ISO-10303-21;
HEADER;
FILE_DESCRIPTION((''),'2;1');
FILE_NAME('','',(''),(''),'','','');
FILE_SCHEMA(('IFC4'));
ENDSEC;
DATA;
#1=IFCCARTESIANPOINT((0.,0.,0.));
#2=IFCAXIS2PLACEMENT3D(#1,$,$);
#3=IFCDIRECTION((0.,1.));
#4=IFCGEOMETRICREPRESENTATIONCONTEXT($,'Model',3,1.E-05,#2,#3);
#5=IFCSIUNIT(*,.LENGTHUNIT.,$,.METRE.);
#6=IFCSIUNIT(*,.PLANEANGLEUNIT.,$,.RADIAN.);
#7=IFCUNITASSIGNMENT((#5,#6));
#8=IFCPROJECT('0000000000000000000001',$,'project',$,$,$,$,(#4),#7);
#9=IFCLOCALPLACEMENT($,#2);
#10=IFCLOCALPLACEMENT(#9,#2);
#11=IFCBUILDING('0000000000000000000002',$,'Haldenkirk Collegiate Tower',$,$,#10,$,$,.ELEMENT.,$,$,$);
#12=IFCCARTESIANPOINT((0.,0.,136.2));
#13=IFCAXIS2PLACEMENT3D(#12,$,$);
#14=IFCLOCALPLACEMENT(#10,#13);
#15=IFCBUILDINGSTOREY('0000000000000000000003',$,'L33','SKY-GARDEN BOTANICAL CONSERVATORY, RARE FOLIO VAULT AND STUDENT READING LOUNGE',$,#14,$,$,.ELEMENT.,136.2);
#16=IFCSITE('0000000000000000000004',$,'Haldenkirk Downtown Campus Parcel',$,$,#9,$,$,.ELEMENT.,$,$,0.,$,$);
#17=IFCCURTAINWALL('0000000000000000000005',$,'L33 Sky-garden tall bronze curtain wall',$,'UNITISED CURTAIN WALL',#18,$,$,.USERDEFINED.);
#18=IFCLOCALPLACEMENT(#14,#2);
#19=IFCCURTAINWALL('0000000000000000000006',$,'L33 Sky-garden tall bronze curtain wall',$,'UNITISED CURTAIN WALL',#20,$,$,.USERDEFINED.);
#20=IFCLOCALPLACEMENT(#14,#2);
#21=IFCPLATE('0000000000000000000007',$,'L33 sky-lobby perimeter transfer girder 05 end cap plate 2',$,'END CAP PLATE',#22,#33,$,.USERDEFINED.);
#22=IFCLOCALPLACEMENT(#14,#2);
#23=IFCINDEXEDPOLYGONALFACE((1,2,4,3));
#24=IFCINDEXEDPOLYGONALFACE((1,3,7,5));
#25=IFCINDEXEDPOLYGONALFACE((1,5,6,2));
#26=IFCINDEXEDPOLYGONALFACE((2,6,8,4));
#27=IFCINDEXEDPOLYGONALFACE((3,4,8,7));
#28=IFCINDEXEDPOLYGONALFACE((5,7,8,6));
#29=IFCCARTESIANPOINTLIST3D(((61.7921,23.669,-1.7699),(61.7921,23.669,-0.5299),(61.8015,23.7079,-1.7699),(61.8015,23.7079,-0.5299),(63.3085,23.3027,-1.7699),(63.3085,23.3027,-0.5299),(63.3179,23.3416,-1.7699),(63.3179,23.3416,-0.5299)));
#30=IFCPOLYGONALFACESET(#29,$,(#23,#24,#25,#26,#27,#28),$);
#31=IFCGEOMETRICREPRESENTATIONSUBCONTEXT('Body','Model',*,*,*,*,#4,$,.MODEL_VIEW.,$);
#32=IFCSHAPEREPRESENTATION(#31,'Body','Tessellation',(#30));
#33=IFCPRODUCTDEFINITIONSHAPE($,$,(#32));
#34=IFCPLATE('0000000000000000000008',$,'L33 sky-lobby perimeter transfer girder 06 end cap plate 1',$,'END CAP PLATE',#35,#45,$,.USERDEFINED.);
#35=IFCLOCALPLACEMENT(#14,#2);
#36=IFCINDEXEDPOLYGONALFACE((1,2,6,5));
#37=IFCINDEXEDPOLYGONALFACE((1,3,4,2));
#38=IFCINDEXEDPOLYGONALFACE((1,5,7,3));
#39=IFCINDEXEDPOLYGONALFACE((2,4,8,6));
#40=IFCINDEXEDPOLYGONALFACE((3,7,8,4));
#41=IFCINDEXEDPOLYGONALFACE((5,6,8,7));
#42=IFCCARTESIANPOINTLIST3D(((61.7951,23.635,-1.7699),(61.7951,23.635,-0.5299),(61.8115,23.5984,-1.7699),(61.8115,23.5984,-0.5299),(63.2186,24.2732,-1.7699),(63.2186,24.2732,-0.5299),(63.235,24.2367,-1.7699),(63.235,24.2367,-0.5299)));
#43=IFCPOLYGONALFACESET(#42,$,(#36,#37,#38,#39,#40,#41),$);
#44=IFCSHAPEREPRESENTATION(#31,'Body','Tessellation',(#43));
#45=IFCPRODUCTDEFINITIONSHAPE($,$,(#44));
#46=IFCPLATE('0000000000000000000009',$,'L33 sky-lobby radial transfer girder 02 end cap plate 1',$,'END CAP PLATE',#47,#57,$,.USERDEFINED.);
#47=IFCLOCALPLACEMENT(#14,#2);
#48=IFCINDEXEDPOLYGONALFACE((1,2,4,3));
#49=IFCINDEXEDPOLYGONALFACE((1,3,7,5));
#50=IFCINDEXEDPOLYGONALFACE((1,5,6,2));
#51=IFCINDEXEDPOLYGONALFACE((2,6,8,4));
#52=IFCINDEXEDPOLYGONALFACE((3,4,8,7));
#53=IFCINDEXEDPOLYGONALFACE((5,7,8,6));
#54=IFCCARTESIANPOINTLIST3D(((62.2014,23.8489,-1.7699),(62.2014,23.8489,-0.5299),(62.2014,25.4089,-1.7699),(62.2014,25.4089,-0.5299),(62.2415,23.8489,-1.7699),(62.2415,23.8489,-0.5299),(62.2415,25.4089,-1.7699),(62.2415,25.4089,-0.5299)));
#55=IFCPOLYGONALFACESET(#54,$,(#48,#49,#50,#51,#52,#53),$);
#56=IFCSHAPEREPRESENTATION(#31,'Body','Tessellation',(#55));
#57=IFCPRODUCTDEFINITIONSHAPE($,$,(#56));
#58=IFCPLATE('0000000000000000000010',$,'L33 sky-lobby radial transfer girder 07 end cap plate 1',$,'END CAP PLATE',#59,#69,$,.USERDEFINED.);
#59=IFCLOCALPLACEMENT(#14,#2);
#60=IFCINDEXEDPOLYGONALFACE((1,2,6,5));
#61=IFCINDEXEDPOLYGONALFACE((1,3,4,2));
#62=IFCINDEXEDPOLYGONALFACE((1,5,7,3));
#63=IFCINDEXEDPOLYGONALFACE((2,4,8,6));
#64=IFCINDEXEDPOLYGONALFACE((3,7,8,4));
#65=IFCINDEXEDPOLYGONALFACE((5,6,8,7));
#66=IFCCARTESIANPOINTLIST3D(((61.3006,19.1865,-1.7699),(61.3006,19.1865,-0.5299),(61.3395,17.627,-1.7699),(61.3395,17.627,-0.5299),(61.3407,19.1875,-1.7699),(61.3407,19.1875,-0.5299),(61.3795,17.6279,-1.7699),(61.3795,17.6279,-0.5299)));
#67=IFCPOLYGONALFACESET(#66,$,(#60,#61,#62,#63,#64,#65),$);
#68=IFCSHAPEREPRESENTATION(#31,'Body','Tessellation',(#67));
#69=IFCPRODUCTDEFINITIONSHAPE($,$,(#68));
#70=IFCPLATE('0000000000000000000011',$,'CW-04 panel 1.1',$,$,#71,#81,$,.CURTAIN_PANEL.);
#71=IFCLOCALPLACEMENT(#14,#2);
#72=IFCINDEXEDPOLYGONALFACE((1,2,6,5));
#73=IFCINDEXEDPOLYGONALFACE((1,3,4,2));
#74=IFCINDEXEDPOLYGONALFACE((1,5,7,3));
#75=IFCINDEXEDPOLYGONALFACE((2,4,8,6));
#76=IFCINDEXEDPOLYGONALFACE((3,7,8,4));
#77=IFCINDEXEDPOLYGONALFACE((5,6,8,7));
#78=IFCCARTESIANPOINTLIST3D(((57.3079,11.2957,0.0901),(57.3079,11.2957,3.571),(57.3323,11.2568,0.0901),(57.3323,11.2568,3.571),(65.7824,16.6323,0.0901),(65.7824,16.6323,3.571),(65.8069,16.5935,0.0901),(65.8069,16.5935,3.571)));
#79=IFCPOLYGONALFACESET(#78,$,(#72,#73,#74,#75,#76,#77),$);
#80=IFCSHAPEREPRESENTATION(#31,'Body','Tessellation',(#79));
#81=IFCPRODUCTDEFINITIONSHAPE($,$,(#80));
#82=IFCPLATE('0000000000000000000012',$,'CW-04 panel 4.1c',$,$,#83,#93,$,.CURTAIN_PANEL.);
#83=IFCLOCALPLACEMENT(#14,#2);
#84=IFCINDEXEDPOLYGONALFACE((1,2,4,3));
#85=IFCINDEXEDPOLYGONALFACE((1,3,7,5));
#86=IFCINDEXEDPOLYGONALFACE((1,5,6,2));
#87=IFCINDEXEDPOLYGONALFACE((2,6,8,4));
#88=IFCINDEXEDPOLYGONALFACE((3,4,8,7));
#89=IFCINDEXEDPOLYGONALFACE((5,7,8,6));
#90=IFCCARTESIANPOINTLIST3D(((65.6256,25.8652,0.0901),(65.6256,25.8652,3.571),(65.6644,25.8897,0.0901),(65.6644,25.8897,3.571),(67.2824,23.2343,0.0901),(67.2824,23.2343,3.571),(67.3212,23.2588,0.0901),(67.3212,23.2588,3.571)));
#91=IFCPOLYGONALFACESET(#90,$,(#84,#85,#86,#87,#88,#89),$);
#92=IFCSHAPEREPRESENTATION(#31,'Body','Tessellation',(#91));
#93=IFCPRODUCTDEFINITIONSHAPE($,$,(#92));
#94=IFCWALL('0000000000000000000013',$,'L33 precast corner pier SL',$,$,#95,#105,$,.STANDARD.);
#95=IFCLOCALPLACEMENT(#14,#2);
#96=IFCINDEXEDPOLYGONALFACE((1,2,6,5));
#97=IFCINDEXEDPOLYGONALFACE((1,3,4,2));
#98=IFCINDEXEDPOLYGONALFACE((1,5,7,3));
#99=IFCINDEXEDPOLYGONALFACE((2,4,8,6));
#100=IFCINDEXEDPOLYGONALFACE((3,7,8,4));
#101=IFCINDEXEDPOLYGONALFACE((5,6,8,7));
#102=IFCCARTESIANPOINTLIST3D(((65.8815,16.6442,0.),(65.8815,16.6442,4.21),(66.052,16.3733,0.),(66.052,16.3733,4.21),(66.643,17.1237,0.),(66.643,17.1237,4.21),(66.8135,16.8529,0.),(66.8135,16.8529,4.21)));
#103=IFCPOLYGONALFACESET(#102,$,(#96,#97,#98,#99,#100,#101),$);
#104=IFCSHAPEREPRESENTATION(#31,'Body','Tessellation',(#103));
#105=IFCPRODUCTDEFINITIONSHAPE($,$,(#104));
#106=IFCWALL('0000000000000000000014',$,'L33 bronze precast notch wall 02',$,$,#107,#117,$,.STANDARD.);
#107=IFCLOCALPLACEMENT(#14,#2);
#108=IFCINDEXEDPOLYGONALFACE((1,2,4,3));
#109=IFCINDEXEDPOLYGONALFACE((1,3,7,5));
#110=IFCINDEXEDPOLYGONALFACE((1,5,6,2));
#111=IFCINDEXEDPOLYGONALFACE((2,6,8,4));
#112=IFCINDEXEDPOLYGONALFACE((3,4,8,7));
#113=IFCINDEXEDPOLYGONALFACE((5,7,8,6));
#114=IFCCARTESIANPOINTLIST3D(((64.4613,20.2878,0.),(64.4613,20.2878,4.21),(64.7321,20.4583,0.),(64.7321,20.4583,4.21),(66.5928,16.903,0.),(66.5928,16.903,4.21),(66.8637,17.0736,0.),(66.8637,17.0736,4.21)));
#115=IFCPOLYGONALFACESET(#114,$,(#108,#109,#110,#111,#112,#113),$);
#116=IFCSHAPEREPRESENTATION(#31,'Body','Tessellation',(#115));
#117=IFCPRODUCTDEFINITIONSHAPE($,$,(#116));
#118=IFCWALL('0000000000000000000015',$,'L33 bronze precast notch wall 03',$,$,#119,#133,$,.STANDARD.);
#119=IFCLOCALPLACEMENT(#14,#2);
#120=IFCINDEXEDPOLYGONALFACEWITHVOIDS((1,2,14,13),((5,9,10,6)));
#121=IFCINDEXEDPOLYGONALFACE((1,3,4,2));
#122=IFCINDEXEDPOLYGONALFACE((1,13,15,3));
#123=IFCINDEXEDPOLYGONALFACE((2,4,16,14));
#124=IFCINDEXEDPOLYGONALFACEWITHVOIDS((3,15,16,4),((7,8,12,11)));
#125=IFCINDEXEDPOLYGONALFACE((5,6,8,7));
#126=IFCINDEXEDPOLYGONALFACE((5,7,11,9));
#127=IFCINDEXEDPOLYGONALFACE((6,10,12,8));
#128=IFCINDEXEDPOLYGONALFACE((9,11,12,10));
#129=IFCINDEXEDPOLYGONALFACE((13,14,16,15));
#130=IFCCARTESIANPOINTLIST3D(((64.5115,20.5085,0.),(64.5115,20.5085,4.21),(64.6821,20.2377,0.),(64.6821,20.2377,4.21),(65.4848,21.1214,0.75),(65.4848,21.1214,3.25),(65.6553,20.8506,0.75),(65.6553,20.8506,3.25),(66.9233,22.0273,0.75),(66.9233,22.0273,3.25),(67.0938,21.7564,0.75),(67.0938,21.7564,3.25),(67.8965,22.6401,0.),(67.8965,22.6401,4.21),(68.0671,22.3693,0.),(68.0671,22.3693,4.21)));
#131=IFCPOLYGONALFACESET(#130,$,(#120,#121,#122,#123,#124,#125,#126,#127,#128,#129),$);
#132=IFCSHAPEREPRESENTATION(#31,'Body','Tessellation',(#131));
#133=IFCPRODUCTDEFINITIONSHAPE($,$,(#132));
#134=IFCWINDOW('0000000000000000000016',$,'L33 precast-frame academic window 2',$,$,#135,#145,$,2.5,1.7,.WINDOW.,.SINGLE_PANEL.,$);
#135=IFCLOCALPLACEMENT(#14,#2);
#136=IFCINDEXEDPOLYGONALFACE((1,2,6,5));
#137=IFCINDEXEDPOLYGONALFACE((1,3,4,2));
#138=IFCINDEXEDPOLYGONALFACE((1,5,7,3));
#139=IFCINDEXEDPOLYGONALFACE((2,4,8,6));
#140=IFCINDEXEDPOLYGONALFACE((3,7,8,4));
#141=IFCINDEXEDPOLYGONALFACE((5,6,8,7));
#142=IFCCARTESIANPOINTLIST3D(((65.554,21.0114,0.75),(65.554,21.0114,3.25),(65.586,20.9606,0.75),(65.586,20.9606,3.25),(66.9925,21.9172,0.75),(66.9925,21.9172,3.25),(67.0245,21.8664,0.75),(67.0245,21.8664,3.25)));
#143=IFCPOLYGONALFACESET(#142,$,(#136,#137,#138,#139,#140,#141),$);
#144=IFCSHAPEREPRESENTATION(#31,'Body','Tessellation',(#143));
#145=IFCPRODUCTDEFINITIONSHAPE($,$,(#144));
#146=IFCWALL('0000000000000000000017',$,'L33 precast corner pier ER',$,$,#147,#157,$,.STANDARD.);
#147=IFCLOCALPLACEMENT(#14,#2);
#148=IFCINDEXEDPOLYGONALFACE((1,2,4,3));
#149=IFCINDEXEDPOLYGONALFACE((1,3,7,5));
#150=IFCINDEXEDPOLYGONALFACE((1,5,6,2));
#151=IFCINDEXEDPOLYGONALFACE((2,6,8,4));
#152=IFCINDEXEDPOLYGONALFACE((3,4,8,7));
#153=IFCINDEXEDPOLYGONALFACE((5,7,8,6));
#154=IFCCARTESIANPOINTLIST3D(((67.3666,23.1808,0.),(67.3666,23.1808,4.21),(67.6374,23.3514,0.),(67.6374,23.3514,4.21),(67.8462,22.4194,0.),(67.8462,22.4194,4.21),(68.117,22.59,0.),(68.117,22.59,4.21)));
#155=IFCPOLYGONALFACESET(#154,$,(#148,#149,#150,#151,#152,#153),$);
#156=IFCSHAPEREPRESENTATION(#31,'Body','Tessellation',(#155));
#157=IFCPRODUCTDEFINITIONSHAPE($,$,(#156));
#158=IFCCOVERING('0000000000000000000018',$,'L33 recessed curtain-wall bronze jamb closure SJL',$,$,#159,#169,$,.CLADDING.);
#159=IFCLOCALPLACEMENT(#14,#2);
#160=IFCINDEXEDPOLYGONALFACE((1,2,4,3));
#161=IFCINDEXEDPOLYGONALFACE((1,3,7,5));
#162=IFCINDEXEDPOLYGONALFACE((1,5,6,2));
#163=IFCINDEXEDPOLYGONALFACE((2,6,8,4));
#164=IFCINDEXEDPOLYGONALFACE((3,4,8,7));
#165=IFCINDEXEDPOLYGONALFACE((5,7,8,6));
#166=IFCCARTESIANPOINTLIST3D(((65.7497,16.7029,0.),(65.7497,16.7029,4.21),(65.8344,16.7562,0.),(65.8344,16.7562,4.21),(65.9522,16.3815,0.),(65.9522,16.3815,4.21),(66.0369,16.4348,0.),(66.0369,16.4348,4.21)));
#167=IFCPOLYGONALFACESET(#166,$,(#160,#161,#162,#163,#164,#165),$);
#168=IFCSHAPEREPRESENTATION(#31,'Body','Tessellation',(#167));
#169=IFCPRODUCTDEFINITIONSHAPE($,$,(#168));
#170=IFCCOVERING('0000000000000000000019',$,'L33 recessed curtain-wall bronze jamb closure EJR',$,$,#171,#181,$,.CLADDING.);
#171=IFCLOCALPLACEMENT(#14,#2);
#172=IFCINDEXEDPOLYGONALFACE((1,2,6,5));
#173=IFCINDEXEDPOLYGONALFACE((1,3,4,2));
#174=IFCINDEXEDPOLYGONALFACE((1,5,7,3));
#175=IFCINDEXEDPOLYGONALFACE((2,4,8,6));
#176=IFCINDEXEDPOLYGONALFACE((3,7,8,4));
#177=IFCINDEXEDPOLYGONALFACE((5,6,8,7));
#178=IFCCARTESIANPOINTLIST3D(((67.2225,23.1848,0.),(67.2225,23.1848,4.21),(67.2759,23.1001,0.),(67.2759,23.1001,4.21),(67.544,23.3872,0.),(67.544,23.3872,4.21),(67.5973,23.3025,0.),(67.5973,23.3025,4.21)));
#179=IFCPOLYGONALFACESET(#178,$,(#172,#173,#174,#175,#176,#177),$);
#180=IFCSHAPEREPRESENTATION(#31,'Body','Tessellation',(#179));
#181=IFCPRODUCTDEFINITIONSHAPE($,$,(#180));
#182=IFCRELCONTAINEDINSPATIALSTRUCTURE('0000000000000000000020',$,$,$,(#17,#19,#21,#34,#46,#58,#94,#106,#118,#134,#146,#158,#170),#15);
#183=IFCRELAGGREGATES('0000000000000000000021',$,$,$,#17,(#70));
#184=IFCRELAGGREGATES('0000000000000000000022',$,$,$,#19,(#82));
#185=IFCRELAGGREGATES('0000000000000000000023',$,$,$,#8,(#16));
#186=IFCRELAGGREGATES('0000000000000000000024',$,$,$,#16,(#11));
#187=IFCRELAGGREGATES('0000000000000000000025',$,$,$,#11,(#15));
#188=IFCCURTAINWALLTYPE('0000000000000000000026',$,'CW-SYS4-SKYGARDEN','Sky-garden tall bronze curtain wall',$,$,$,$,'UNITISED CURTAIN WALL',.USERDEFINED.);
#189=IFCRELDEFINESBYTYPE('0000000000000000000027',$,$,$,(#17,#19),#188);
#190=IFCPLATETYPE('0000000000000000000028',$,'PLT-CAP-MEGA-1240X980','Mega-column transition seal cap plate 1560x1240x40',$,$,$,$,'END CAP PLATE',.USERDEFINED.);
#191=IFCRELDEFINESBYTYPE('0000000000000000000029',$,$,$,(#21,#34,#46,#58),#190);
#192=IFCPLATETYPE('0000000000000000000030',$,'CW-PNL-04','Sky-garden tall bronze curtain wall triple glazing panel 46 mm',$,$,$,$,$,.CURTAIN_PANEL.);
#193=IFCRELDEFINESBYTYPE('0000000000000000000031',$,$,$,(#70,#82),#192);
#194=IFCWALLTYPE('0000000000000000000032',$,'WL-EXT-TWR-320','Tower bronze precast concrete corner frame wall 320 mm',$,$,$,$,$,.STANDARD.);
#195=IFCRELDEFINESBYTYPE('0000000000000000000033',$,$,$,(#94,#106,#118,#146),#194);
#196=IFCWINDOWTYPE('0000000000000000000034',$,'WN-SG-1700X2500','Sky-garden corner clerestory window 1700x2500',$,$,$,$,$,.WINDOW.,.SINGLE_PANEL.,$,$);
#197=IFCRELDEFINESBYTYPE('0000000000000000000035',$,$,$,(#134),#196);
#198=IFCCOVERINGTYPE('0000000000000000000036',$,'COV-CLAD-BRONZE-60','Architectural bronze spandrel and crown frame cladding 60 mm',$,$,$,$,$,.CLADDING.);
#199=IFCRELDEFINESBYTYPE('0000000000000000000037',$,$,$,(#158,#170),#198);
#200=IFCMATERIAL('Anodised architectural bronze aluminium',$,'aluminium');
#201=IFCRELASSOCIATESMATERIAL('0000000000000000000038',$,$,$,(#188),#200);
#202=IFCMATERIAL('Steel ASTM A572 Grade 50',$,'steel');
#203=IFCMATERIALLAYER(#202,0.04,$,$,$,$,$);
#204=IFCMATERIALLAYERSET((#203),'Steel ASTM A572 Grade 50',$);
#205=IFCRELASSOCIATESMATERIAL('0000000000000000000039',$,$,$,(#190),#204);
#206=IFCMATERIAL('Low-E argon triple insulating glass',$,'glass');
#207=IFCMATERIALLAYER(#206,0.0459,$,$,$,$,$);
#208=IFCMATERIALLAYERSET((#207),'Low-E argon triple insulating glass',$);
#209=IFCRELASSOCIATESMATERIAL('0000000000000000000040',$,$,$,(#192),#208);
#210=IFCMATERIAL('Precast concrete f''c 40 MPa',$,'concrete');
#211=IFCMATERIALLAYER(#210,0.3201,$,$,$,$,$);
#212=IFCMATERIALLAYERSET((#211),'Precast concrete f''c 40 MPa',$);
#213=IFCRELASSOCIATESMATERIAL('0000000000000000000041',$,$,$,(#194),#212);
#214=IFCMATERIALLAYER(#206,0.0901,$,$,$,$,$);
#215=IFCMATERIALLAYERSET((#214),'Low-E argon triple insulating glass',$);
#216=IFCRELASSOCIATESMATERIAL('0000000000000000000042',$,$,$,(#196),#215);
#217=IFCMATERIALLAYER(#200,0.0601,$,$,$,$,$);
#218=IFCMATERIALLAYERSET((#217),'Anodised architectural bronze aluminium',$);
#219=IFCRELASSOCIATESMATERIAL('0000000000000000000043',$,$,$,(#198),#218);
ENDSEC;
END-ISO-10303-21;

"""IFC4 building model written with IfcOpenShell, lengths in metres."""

from ifc_helpers import new_model, si_unit, direction, frame, frame_2d, origin, origin_2d, place, context, subcontext, project, spatial, rectangle, extrude, source, transform, mapped, material, layer, layer_set, type_object, element, fill, aggregate, save


model = new_model("IFC4")

# Units and contexts
model_context = context("Model", 3, precision=1e-05, world=origin(), true_north=direction((0.0, 1.0)))
body_context = subcontext(model_context, "Body", "Model", "MODEL_VIEW")
ifc_project = project(units=[si_unit("LENGTHUNIT", "METRE"), si_unit("PLANEANGLEUNIT", "RADIAN")], contexts=[model_context])

# Site, building, storey
site_placement = place(None, origin())
site = spatial("IfcSite", under=ifc_project, at=site_placement, Name="Haldenkirk Downtown Campus Parcel", CompositionType="ELEMENT", RefElevation=0.0)
building_placement = place(site_placement, origin())
building = spatial("IfcBuilding", under=site, at=building_placement, Name="Haldenkirk Collegiate Tower", CompositionType="ELEMENT")
storey_placement = place(building_placement, frame((0.0, 0.0, 136.2)))
storey = spatial("IfcBuildingStorey", under=building, at=storey_placement, Name="L33", Description="SKY-GARDEN BOTANICAL CONSERVATORY, RARE FOLIO VAULT AND STUDENT READING LOUNGE", CompositionType="ELEMENT", Elevation=136.2)

# Shared definitions
ifc_material_1 = material(Name="Steel ASTM A572 Grade 50", Category="steel")

# Curtain walls
ifc_material_2 = material(Name="Anodised architectural bronze aluminium", Category="aluminium")
curtain_wall_type = type_object("IfcCurtainWallType", Name="CW-SYS4-SKYGARDEN", Description="Sky-garden tall bronze curtain wall", ElementType="UNITISED CURTAIN WALL", PredefinedType="USERDEFINED", material=ifc_material_2)
curtain_wall_1_placement = place(storey_placement, origin())
curtain_wall_1 = element("IfcCurtainWall", 1, at=curtain_wall_1_placement, inside=storey, type_object=curtain_wall_type, Name="L33 Sky-garden tall bronze curtain wall", ObjectType="UNITISED CURTAIN WALL", PredefinedType="USERDEFINED")
curtain_wall_2_placement = place(storey_placement, origin())
curtain_wall_2 = element("IfcCurtainWall", 2, at=curtain_wall_2_placement, inside=storey, type_object=curtain_wall_type, Name="L33 Sky-garden tall bronze curtain wall", ObjectType="UNITISED CURTAIN WALL", PredefinedType="USERDEFINED")

# Plates
ifc_layer_1 = layer(ifc_material_1, 0.04)
ifc_layer_set_1 = layer_set([ifc_layer_1], Name="Steel ASTM A572 Grade 50")
plate_type_1 = type_object("IfcPlateType", Name="PLT-CAP-MEGA-1240X980", Description="Mega-column transition seal cap plate 1560x1240x40", ElementType="END CAP PLATE", PredefinedType="USERDEFINED", material=ifc_layer_set_1)
shared_shape_1 = source(origin(), body_context, "Body", "SweptSolid", [
    extrude(rectangle(XDim=1.5601, YDim=1.24, at=origin_2d()), origin(), (0.0, 0.0, 1.0), 0.04),
])
for number, where, z_axis, x_axis, name in (
    (3, (62.5503, 23.4858, -1.1499), (0.23483, 0.972036, 0.0), (-0.972036, 0.23483, 0.0), "L33 sky-lobby perimeter transfer girder 05 end cap plate 2"),
    (4, (62.5068, 23.9541, -1.1499), (0.409129, -0.912477, 0.0), (0.912477, 0.409129, 0.0), "L33 sky-lobby perimeter transfer girder 06 end cap plate 1"),
    (5, (62.2014, 24.6289, -1.1499), (1.0, 0.0, 0.0), (0.0, 1.0, 0.0), "L33 sky-lobby radial transfer girder 02 end cap plate 1"),
    (6, (61.3201, 18.4067, -1.1499), (0.99969, 0.024917, 0.0), (-0.024917, 0.99969, 0.0), "L33 sky-lobby radial transfer girder 07 end cap plate 1"),
):
    element("IfcPlate", number, at=place(storey_placement, frame(where, z_axis=z_axis, x_axis=x_axis)), inside=storey, type_object=plate_type_1, Name=name, ObjectType="END CAP PLATE", PredefinedType="USERDEFINED", context=body_context, shape_type="MappedRepresentation", body=[
        mapped(shared_shape_1, transform((0.0, 0.0, 0.0), x_axis=(1.0, 0.0, 0.0), y_axis=(0.0, 1.0, 0.0), z_axis=(0.0, 0.0, 1.0), scale=1.0)),
    ])

# Plates
ifc_material_3 = material(Name="Low-E argon triple insulating glass", Category="glass")
ifc_layer_2 = layer(ifc_material_3, 0.0459)
ifc_layer_set_2 = layer_set([ifc_layer_2], Name="Low-E argon triple insulating glass")
plate_type_2 = type_object("IfcPlateType", Name="CW-PNL-04", Description="Sky-garden tall bronze curtain wall triple glazing panel 46 mm", PredefinedType="CURTAIN_PANEL", material=ifc_layer_set_2)
shared_shape_2 = source(origin(), body_context, "Body", "SweptSolid", [
    extrude(rectangle(XDim=10.0149, YDim=0.0459, at=origin_2d()), origin(), (0.0, 0.0, 1.0), 3.481),
])
plate_1_placement = place(storey_placement, frame((61.5574, 13.9446, 0.0901), z_axis=(0.0, 0.0, 1.0), x_axis=(-0.846194, -0.532875, 0.0)))
plate_1 = element("IfcPlate", 7, at=plate_1_placement, type_object=plate_type_2, Name="CW-04 panel 1.1", PredefinedType="CURTAIN_PANEL", context=body_context, shape_type="MappedRepresentation", body=[
    mapped(shared_shape_2, transform((0.0, 0.0, 0.0), x_axis=(1.0, 0.0, 0.0), y_axis=(0.0, 1.0, 0.0), z_axis=(0.0, 0.0, 1.0), scale=1.0)),
])
aggregate(curtain_wall_1, [plate_1])
shared_shape_3 = source(origin(), body_context, "Body", "SweptSolid", [
    extrude(rectangle(XDim=3.1091, YDim=0.0459, at=origin_2d()), origin(), (0.0, 0.0, 1.0), 3.481),
])
plate_2_placement = place(storey_placement, frame((66.4734, 24.562, 0.0901), z_axis=(0.0, 0.0, 1.0), x_axis=(0.532877, -0.846193, 0.0)))
plate_2 = element("IfcPlate", 8, at=plate_2_placement, type_object=plate_type_2, Name="CW-04 panel 4.1c", PredefinedType="CURTAIN_PANEL", context=body_context, shape_type="MappedRepresentation", body=[
    mapped(shared_shape_3, transform((0.0, 0.0, 0.0), x_axis=(1.0, 0.0, 0.0), y_axis=(0.0, 1.0, 0.0), z_axis=(0.0, 0.0, 1.0), scale=1.0)),
])
aggregate(curtain_wall_2, [plate_2])

# Walls
ifc_material_4 = material(Name="Precast concrete f'c 40 MPa", Category="concrete")
ifc_layer_3 = layer(ifc_material_4, 0.3201)
ifc_layer_set_3 = layer_set([ifc_layer_3], Name="Precast concrete f'c 40 MPa")
wall_type = type_object("IfcWallType", Name="WL-EXT-TWR-320", Description="Tower bronze precast concrete corner frame wall 320 mm", PredefinedType="STANDARD", material=ifc_layer_set_3)
wall_1_placement = place(storey_placement, frame((66.7283, 16.9883, 0.0), z_axis=(0.0, 0.0, 1.0), x_axis=(-0.84621, -0.532849, 0.0)))
element("IfcWall", 9, at=wall_1_placement, inside=storey, type_object=wall_type, Name="L33 precast corner pier SL", PredefinedType="STANDARD", context=body_context, shape_type="SweptSolid", body=[
    extrude(rectangle(XDim=0.8999, YDim=0.3201, at=frame_2d((0.45, 0.0))), origin(), (0.0, 0.0, 1.0), 4.21),
])
wall_2_placement = place(storey_placement, frame((64.5967, 20.373, 0.0), z_axis=(0.0, 0.0, 1.0), x_axis=(0.532893, -0.846183, 0.0)))
element("IfcWall", 10, at=wall_2_placement, inside=storey, type_object=wall_type, Name="L33 bronze precast notch wall 02", PredefinedType="STANDARD", context=body_context, shape_type="SweptSolid", body=[
    extrude(rectangle(XDim=4.0, YDim=0.3201, at=frame_2d((2.0, 0.0))), origin(), (0.0, 0.0, 1.0), 4.21),
])

# Wall, opening, window
wall_3_placement = place(storey_placement, frame((67.9817, 22.5046, 0.0), z_axis=(0.0, 0.0, 1.0), x_axis=(-0.8462, -0.532865, 0.0)))
wall_3 = element("IfcWall", 11, at=wall_3_placement, inside=storey, type_object=wall_type, Name="L33 bronze precast notch wall 03", PredefinedType="STANDARD", context=body_context, shape_type="SweptSolid", body=[
    extrude(rectangle(XDim=4.0002, YDim=0.3201, at=frame_2d((2.0, 0.0))), origin(), (0.0, 0.0, 1.0), 4.21),
])
opening_placement = place(wall_3_placement, frame((1.1499, 0.0, 0.75)))
opening = element("IfcOpeningElement", 12, at=opening_placement, cuts=wall_3, PredefinedType="OPENING", context=body_context, shape_type="SweptSolid", body=[
    extrude(rectangle(XDim=1.7, YDim=2.5, at=frame_2d((0.8501, 1.25))), frame((0.0, 0.1699, 0.0), z_axis=(0.0, -1.0, 0.0), x_axis=(1.0, 0.0, 0.0)), (0.0, 0.0, 1.0), 0.3401),
])
ifc_layer_4 = layer(ifc_material_3, 0.0901)
ifc_layer_set_4 = layer_set([ifc_layer_4], Name="Low-E argon triple insulating glass")
window_type = type_object("IfcWindowType", Name="WN-SG-1700X2500", Description="Sky-garden corner clerestory window 1700x2500", PartitioningType="SINGLE_PANEL", PredefinedType="WINDOW", material=ifc_layer_set_4)
window_placement = place(opening_placement, origin())
window = element("IfcWindow", 13, at=window_placement, inside=storey, type_object=window_type, Name="L33 precast-frame academic window 2", OverallHeight=2.5, OverallWidth=1.7, PartitioningType="SINGLE_PANEL", PredefinedType="WINDOW", context=body_context, shape_type="SweptSolid", body=[
    extrude(rectangle(XDim=1.7, YDim=2.5, at=frame_2d((0.8501, 1.25))), frame((0.0, 0.03, 0.0), z_axis=(0.0, -1.0, 0.0), x_axis=(1.0, 0.0, 0.0)), (0.0, 0.0, 1.0), 0.0601),
])
fill(opening, window)

# Wall
wall_4_placement = place(storey_placement, frame((67.502, 23.2661, 0.0), z_axis=(0.0, 0.0, 1.0), x_axis=(0.533043, -0.846088, 0.0)))
element("IfcWall", 14, at=wall_4_placement, inside=storey, type_object=wall_type, Name="L33 precast corner pier ER", PredefinedType="STANDARD", context=body_context, shape_type="SweptSolid", body=[
    extrude(rectangle(XDim=0.8999, YDim=0.3201, at=frame_2d((0.45, 0.0))), origin(), (0.0, 0.0, 1.0), 4.21),
])

# Coverings
ifc_layer_5 = layer(ifc_material_2, 0.0601)
ifc_layer_set_5 = layer_set([ifc_layer_5], Name="Anodised architectural bronze aluminium")
covering_type = type_object("IfcCoveringType", Name="COV-CLAD-BRONZE-60", Description="Architectural bronze spandrel and crown frame cladding 60 mm", PredefinedType="CLADDING", material=ifc_layer_set_5)
shared_shape_4 = source(origin(), body_context, "Body", "SweptSolid", [
    extrude(rectangle(XDim=0.1001, YDim=0.3799, at=origin_2d()), origin(), (0.0, 0.0, 1.0), 4.21),
])
for number, where, z_axis, x_axis, name in (
    (15, (65.8933, 16.5688, 0.0), (0.0, 0.0, 1.0), (-0.846193, -0.532876, 0.0), "L33 recessed curtain-wall bronze jamb closure SJL"),
    (16, (67.4099, 23.2437, 0.0), (0.0, 0.0, 1.0), (0.532876, -0.846193, 0.0), "L33 recessed curtain-wall bronze jamb closure EJR"),
):
    element("IfcCovering", number, at=place(storey_placement, frame(where, z_axis=z_axis, x_axis=x_axis)), inside=storey, type_object=covering_type, Name=name, PredefinedType="CLADDING", context=body_context, shape_type="MappedRepresentation", body=[
        mapped(shared_shape_4, transform((0.0, 0.0, 0.0), x_axis=(1.0, 0.0, 0.0), y_axis=(0.0, 1.0, 0.0), z_axis=(0.0, 0.0, 1.0), scale=1.0)),
    ])

save(model, "model.ifc")
